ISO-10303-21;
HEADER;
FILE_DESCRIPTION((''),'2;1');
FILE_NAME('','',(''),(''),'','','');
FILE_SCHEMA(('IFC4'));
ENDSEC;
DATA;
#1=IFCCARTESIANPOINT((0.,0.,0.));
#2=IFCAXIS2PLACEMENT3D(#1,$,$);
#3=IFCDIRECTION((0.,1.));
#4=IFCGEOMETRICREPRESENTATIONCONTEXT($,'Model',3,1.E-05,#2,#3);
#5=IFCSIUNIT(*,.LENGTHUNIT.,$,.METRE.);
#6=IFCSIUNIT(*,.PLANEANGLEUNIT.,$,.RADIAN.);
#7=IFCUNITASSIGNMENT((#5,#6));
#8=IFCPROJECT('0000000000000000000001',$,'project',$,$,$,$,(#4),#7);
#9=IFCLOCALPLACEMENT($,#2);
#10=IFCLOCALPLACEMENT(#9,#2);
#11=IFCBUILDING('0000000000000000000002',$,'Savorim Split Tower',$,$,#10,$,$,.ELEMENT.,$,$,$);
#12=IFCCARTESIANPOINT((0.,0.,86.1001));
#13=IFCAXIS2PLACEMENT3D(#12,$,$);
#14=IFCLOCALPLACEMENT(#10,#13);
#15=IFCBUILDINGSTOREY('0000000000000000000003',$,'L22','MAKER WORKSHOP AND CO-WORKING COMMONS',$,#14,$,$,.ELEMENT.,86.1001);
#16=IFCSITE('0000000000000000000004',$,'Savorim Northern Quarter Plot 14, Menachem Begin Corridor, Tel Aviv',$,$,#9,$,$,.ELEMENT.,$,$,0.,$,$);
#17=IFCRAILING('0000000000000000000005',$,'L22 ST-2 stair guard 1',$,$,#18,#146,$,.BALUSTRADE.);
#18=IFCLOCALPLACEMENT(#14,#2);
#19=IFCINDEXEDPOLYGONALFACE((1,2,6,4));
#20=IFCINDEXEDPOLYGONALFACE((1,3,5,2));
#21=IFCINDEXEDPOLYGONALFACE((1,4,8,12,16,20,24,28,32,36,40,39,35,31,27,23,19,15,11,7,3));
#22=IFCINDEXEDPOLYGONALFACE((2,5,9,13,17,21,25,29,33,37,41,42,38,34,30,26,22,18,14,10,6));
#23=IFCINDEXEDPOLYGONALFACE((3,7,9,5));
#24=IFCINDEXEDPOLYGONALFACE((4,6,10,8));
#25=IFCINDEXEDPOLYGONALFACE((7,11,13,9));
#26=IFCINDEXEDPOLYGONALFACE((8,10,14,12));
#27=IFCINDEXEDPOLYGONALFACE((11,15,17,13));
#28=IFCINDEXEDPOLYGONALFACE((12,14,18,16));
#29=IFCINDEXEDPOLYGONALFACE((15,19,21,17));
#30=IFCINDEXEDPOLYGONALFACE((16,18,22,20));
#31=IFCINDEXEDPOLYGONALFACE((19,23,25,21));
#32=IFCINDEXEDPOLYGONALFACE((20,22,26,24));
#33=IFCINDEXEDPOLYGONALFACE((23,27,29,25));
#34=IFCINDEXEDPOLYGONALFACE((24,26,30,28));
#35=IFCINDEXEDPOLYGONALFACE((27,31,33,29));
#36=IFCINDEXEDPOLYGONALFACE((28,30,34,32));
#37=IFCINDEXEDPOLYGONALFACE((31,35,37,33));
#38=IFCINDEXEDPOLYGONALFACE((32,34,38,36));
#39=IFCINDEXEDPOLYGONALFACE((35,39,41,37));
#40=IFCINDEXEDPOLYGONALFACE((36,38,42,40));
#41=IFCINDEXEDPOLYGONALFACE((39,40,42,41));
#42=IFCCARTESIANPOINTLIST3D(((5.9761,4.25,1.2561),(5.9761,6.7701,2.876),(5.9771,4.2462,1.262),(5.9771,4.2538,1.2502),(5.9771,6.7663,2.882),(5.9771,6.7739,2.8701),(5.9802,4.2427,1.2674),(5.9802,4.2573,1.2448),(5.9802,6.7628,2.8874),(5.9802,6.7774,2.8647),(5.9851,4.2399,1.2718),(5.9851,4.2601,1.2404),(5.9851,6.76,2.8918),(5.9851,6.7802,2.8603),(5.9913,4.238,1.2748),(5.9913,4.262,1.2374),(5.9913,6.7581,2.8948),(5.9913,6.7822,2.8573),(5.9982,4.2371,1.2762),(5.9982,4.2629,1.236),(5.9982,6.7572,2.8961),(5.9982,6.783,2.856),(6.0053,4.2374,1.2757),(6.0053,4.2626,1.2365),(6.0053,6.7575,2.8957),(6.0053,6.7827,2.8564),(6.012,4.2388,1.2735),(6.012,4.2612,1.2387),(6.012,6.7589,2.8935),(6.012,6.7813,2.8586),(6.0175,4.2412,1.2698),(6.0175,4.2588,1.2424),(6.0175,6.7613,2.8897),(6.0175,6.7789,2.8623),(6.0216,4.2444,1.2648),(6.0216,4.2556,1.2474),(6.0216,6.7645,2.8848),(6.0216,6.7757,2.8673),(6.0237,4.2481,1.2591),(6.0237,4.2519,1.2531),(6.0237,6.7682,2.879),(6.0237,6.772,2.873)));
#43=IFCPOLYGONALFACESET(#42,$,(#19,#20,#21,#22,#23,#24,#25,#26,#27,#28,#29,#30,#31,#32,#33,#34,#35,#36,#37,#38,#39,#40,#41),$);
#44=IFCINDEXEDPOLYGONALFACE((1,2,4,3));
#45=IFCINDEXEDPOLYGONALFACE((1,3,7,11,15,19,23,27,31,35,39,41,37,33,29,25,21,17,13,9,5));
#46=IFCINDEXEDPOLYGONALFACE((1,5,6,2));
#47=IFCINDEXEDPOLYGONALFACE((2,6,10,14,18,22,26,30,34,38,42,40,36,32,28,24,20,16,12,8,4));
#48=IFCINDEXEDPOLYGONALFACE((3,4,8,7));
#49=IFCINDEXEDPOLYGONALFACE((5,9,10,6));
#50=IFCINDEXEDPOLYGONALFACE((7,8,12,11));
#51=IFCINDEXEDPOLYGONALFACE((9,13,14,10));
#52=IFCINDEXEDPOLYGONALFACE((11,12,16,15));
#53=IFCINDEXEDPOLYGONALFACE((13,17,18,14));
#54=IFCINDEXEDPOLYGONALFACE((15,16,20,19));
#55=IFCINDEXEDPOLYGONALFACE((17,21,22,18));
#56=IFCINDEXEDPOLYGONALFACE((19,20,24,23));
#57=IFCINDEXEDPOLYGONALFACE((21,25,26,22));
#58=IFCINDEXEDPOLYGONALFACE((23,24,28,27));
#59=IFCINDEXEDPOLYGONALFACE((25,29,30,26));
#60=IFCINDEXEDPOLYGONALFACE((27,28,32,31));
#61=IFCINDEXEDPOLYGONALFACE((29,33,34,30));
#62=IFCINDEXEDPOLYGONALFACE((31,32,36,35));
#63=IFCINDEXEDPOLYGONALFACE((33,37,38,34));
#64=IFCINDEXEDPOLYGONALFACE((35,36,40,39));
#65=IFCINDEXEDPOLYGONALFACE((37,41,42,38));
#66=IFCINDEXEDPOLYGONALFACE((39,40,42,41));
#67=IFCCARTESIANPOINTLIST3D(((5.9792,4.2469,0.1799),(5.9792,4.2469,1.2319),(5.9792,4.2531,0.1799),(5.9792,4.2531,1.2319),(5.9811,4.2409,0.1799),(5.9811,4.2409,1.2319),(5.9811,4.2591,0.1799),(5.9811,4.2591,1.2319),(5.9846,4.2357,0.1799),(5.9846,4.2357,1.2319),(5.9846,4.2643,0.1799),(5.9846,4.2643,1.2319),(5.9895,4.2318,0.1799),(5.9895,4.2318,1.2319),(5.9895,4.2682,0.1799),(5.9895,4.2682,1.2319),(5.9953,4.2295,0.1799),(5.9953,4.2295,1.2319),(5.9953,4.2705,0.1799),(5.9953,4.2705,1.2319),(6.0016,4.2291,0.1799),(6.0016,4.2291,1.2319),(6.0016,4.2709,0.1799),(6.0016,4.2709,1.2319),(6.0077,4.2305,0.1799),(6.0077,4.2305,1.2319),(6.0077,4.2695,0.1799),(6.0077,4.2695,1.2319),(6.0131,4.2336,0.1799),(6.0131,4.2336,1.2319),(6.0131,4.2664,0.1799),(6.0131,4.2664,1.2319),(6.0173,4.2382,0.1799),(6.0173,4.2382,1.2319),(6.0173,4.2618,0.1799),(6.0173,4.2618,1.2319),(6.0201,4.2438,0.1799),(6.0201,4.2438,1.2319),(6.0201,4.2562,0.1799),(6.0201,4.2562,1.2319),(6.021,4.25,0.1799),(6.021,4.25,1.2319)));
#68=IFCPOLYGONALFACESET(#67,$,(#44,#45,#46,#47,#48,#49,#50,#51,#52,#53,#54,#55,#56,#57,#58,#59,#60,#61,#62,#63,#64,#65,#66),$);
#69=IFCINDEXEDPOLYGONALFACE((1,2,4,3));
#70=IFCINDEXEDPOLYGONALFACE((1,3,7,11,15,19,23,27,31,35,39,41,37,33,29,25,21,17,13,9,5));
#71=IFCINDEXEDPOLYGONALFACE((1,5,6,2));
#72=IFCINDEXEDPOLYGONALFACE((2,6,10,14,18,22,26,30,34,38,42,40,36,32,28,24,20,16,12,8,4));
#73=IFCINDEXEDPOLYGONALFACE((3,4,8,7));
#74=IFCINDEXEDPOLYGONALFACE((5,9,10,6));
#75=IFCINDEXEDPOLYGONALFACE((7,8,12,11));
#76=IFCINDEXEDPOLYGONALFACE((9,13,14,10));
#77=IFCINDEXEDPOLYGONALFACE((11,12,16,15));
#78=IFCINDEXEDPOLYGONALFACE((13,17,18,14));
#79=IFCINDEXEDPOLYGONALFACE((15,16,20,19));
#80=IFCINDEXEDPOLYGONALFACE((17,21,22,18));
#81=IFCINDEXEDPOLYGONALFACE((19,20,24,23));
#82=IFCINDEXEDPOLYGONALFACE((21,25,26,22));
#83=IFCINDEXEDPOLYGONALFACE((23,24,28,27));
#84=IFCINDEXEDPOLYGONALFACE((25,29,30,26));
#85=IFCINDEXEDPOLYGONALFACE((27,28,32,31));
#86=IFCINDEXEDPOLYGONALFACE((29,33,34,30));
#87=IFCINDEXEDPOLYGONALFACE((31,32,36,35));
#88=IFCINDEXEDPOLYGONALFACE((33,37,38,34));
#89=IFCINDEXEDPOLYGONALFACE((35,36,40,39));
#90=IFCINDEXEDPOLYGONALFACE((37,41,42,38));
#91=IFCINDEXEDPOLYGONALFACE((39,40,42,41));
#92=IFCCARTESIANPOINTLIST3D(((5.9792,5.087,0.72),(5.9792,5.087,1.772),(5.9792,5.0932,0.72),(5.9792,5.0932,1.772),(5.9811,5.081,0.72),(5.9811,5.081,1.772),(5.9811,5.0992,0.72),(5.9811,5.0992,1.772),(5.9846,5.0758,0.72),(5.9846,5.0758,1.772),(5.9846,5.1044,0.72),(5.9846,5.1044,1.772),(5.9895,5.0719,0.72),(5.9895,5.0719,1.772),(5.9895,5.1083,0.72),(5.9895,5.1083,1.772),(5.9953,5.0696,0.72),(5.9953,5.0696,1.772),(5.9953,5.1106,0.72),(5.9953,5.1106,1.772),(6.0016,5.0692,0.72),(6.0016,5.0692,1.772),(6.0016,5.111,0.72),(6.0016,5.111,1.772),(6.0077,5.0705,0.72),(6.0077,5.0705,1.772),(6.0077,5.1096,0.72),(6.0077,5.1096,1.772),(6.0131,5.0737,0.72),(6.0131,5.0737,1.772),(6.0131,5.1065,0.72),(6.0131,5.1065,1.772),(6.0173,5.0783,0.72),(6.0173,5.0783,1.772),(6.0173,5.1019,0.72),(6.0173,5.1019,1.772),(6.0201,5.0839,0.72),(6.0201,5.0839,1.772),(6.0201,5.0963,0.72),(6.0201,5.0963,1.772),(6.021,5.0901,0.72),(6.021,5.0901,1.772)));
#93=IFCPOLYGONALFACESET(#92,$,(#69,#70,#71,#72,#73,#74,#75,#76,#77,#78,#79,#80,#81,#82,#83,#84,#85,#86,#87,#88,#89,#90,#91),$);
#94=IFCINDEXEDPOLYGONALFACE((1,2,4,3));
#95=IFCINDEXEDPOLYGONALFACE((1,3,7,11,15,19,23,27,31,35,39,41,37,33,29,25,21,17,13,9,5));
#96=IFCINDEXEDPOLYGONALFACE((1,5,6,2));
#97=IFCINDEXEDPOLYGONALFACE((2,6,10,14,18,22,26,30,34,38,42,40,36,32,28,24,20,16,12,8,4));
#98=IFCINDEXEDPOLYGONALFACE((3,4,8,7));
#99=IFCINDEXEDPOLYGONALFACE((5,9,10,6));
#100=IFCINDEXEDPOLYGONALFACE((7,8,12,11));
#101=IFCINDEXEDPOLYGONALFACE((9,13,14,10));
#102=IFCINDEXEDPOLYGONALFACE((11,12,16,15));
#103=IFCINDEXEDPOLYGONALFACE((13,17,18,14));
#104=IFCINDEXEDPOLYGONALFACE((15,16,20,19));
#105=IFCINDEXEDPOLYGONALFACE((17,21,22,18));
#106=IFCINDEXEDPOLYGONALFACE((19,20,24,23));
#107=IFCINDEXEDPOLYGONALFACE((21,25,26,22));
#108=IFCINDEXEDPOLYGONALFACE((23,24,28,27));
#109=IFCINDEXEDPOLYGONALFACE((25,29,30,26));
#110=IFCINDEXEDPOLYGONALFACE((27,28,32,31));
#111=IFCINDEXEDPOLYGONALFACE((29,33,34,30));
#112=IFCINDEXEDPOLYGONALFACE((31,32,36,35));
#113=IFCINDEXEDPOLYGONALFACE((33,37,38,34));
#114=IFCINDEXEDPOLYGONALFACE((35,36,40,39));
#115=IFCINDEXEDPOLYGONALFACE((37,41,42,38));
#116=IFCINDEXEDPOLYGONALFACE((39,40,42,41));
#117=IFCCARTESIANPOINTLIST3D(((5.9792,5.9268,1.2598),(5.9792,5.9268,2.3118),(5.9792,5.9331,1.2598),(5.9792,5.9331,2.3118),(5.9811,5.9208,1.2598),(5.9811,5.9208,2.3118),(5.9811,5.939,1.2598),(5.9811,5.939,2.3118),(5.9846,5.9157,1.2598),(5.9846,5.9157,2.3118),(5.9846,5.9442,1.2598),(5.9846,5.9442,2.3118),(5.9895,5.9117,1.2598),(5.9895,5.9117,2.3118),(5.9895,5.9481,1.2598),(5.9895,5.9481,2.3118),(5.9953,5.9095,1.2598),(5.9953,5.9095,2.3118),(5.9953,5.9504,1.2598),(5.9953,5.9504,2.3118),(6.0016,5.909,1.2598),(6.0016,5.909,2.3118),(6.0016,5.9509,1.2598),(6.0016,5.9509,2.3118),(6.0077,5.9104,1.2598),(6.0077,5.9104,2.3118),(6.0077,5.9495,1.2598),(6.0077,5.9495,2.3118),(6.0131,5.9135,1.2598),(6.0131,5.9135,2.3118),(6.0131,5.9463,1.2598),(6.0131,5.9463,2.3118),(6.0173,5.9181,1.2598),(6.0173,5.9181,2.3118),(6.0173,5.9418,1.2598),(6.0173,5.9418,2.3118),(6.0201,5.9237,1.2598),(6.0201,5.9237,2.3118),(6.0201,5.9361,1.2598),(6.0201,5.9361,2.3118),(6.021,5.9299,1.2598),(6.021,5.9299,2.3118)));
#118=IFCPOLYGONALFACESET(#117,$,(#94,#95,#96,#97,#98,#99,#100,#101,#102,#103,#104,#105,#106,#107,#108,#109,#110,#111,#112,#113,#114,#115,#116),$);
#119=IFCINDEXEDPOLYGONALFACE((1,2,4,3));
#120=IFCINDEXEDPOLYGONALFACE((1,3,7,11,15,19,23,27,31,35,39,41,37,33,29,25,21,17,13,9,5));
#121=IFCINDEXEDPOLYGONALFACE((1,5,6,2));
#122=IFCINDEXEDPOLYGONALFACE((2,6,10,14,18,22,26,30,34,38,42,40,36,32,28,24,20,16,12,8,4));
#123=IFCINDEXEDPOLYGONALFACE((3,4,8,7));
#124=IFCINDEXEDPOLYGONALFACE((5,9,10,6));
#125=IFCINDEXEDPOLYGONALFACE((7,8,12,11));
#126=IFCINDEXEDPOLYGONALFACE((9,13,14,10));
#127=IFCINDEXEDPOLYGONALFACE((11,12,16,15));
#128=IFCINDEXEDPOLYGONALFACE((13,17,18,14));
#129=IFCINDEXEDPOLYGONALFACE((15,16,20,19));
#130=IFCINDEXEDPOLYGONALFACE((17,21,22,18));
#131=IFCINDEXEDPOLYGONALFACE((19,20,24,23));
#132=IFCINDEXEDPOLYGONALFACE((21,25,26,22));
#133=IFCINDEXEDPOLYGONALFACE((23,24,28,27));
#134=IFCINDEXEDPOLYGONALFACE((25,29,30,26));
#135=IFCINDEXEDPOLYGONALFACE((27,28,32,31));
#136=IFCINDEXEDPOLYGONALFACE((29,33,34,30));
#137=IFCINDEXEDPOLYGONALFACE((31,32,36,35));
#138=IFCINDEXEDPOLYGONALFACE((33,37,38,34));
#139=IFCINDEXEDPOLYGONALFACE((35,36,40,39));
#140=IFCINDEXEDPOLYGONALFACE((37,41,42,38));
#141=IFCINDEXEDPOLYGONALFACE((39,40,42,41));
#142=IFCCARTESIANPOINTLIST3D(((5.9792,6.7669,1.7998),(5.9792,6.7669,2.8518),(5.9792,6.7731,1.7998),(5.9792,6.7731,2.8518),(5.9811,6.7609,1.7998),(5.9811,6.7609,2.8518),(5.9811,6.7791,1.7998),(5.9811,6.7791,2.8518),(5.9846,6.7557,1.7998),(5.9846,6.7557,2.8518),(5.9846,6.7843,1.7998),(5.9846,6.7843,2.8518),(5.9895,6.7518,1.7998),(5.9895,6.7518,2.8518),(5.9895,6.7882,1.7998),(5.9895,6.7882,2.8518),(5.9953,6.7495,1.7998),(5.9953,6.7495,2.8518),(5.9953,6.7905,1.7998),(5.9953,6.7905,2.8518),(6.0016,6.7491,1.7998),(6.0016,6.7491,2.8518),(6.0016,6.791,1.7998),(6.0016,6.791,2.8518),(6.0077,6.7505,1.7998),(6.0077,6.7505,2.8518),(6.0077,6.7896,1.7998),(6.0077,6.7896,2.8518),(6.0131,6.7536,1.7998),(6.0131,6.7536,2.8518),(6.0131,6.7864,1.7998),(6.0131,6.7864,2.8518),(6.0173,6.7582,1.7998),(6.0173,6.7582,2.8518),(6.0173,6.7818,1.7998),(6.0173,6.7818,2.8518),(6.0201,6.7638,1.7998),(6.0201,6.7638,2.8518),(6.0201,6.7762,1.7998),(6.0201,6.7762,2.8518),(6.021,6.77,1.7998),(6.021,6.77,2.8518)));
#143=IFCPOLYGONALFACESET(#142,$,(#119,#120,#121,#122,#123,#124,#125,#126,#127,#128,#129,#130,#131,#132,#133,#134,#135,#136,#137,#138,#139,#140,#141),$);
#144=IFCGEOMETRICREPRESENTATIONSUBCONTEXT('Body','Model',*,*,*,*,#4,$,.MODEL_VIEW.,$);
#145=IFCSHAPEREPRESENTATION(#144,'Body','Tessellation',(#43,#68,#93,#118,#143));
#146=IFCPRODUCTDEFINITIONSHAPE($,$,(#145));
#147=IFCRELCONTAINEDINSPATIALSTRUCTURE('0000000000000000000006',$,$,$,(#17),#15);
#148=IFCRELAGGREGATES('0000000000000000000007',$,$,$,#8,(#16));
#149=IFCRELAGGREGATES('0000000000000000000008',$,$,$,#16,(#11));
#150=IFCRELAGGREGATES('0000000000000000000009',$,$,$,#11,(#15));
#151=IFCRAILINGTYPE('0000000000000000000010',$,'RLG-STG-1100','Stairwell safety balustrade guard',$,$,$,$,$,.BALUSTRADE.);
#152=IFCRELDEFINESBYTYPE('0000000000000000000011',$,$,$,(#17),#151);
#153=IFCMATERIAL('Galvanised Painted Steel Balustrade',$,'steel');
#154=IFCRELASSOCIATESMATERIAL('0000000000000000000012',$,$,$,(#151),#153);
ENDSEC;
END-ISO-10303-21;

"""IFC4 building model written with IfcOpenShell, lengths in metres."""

from ifc_helpers import new_model, si_unit, direction, frame, origin, origin_2d, place, context, subcontext, project, spatial, circle, extrude, material, type_object, element, save


model = new_model("IFC4")

# Units and contexts
model_context = context("Model", 3, precision=1e-05, world=origin(), true_north=direction((0.0, 1.0)))
body_context = subcontext(model_context, "Body", "Model", "MODEL_VIEW")
ifc_project = project(units=[si_unit("LENGTHUNIT", "METRE"), si_unit("PLANEANGLEUNIT", "RADIAN")], contexts=[model_context])

# Site, building, storey
site_placement = place(None, origin())
site = spatial("IfcSite", under=ifc_project, at=site_placement, Name="Savorim Northern Quarter Plot 14, Menachem Begin Corridor, Tel Aviv", CompositionType="ELEMENT", RefElevation=0.0)
building_placement = place(site_placement, origin())
building = spatial("IfcBuilding", under=site, at=building_placement, Name="Savorim Split Tower", CompositionType="ELEMENT")
storey_placement = place(building_placement, frame((0.0, 0.0, 86.1001)))
storey = spatial("IfcBuildingStorey", under=building, at=storey_placement, Name="L22", Description="MAKER WORKSHOP AND CO-WORKING COMMONS", CompositionType="ELEMENT", Elevation=86.1001)

# Railing
ifc_material_1 = material(Name="Galvanised Painted Steel Balustrade", Category="steel")
railing_type_1 = type_object("IfcRailingType", Name="RLG-STG-1100", Description="Stairwell safety balustrade guard", PredefinedType="BALUSTRADE", material=ifc_material_1)
railing_1_placement = place(storey_placement, frame((6.0, 4.25, 0.1799)))
element("IfcRailing", 1, at=railing_1_placement, inside=storey, type_object=railing_type_1, Name="L22 ST-2 stair guard 1", PredefinedType="BALUSTRADE", context=body_context, shape_type="SweptSolid", body=[
    extrude(circle(Radius=0.0239, at=origin_2d()), frame((0.0, 0.0, 1.0762), z_axis=(0.0, 0.8412, 0.540725), x_axis=(-1.0, 0.0, 0.0)), (0.0, 0.0, 1.0), 2.9958),
    extrude(circle(Radius=0.021, at=origin_2d()), origin(), (0.0, 0.0, 1.0), 1.052),
    extrude(circle(Radius=0.021, at=origin_2d()), frame((0.0, 0.8401, 0.54)), (0.0, 0.0, 1.0), 1.052),
    extrude(circle(Radius=0.021, at=origin_2d()), frame((0.0, 1.6799, 1.0798)), (0.0, 0.0, 1.0), 1.052),
    extrude(circle(Radius=0.021, at=origin_2d()), frame((0.0, 2.52, 1.6199)), (0.0, 0.0, 1.0), 1.052),
])

save(model, "model.ifc")
